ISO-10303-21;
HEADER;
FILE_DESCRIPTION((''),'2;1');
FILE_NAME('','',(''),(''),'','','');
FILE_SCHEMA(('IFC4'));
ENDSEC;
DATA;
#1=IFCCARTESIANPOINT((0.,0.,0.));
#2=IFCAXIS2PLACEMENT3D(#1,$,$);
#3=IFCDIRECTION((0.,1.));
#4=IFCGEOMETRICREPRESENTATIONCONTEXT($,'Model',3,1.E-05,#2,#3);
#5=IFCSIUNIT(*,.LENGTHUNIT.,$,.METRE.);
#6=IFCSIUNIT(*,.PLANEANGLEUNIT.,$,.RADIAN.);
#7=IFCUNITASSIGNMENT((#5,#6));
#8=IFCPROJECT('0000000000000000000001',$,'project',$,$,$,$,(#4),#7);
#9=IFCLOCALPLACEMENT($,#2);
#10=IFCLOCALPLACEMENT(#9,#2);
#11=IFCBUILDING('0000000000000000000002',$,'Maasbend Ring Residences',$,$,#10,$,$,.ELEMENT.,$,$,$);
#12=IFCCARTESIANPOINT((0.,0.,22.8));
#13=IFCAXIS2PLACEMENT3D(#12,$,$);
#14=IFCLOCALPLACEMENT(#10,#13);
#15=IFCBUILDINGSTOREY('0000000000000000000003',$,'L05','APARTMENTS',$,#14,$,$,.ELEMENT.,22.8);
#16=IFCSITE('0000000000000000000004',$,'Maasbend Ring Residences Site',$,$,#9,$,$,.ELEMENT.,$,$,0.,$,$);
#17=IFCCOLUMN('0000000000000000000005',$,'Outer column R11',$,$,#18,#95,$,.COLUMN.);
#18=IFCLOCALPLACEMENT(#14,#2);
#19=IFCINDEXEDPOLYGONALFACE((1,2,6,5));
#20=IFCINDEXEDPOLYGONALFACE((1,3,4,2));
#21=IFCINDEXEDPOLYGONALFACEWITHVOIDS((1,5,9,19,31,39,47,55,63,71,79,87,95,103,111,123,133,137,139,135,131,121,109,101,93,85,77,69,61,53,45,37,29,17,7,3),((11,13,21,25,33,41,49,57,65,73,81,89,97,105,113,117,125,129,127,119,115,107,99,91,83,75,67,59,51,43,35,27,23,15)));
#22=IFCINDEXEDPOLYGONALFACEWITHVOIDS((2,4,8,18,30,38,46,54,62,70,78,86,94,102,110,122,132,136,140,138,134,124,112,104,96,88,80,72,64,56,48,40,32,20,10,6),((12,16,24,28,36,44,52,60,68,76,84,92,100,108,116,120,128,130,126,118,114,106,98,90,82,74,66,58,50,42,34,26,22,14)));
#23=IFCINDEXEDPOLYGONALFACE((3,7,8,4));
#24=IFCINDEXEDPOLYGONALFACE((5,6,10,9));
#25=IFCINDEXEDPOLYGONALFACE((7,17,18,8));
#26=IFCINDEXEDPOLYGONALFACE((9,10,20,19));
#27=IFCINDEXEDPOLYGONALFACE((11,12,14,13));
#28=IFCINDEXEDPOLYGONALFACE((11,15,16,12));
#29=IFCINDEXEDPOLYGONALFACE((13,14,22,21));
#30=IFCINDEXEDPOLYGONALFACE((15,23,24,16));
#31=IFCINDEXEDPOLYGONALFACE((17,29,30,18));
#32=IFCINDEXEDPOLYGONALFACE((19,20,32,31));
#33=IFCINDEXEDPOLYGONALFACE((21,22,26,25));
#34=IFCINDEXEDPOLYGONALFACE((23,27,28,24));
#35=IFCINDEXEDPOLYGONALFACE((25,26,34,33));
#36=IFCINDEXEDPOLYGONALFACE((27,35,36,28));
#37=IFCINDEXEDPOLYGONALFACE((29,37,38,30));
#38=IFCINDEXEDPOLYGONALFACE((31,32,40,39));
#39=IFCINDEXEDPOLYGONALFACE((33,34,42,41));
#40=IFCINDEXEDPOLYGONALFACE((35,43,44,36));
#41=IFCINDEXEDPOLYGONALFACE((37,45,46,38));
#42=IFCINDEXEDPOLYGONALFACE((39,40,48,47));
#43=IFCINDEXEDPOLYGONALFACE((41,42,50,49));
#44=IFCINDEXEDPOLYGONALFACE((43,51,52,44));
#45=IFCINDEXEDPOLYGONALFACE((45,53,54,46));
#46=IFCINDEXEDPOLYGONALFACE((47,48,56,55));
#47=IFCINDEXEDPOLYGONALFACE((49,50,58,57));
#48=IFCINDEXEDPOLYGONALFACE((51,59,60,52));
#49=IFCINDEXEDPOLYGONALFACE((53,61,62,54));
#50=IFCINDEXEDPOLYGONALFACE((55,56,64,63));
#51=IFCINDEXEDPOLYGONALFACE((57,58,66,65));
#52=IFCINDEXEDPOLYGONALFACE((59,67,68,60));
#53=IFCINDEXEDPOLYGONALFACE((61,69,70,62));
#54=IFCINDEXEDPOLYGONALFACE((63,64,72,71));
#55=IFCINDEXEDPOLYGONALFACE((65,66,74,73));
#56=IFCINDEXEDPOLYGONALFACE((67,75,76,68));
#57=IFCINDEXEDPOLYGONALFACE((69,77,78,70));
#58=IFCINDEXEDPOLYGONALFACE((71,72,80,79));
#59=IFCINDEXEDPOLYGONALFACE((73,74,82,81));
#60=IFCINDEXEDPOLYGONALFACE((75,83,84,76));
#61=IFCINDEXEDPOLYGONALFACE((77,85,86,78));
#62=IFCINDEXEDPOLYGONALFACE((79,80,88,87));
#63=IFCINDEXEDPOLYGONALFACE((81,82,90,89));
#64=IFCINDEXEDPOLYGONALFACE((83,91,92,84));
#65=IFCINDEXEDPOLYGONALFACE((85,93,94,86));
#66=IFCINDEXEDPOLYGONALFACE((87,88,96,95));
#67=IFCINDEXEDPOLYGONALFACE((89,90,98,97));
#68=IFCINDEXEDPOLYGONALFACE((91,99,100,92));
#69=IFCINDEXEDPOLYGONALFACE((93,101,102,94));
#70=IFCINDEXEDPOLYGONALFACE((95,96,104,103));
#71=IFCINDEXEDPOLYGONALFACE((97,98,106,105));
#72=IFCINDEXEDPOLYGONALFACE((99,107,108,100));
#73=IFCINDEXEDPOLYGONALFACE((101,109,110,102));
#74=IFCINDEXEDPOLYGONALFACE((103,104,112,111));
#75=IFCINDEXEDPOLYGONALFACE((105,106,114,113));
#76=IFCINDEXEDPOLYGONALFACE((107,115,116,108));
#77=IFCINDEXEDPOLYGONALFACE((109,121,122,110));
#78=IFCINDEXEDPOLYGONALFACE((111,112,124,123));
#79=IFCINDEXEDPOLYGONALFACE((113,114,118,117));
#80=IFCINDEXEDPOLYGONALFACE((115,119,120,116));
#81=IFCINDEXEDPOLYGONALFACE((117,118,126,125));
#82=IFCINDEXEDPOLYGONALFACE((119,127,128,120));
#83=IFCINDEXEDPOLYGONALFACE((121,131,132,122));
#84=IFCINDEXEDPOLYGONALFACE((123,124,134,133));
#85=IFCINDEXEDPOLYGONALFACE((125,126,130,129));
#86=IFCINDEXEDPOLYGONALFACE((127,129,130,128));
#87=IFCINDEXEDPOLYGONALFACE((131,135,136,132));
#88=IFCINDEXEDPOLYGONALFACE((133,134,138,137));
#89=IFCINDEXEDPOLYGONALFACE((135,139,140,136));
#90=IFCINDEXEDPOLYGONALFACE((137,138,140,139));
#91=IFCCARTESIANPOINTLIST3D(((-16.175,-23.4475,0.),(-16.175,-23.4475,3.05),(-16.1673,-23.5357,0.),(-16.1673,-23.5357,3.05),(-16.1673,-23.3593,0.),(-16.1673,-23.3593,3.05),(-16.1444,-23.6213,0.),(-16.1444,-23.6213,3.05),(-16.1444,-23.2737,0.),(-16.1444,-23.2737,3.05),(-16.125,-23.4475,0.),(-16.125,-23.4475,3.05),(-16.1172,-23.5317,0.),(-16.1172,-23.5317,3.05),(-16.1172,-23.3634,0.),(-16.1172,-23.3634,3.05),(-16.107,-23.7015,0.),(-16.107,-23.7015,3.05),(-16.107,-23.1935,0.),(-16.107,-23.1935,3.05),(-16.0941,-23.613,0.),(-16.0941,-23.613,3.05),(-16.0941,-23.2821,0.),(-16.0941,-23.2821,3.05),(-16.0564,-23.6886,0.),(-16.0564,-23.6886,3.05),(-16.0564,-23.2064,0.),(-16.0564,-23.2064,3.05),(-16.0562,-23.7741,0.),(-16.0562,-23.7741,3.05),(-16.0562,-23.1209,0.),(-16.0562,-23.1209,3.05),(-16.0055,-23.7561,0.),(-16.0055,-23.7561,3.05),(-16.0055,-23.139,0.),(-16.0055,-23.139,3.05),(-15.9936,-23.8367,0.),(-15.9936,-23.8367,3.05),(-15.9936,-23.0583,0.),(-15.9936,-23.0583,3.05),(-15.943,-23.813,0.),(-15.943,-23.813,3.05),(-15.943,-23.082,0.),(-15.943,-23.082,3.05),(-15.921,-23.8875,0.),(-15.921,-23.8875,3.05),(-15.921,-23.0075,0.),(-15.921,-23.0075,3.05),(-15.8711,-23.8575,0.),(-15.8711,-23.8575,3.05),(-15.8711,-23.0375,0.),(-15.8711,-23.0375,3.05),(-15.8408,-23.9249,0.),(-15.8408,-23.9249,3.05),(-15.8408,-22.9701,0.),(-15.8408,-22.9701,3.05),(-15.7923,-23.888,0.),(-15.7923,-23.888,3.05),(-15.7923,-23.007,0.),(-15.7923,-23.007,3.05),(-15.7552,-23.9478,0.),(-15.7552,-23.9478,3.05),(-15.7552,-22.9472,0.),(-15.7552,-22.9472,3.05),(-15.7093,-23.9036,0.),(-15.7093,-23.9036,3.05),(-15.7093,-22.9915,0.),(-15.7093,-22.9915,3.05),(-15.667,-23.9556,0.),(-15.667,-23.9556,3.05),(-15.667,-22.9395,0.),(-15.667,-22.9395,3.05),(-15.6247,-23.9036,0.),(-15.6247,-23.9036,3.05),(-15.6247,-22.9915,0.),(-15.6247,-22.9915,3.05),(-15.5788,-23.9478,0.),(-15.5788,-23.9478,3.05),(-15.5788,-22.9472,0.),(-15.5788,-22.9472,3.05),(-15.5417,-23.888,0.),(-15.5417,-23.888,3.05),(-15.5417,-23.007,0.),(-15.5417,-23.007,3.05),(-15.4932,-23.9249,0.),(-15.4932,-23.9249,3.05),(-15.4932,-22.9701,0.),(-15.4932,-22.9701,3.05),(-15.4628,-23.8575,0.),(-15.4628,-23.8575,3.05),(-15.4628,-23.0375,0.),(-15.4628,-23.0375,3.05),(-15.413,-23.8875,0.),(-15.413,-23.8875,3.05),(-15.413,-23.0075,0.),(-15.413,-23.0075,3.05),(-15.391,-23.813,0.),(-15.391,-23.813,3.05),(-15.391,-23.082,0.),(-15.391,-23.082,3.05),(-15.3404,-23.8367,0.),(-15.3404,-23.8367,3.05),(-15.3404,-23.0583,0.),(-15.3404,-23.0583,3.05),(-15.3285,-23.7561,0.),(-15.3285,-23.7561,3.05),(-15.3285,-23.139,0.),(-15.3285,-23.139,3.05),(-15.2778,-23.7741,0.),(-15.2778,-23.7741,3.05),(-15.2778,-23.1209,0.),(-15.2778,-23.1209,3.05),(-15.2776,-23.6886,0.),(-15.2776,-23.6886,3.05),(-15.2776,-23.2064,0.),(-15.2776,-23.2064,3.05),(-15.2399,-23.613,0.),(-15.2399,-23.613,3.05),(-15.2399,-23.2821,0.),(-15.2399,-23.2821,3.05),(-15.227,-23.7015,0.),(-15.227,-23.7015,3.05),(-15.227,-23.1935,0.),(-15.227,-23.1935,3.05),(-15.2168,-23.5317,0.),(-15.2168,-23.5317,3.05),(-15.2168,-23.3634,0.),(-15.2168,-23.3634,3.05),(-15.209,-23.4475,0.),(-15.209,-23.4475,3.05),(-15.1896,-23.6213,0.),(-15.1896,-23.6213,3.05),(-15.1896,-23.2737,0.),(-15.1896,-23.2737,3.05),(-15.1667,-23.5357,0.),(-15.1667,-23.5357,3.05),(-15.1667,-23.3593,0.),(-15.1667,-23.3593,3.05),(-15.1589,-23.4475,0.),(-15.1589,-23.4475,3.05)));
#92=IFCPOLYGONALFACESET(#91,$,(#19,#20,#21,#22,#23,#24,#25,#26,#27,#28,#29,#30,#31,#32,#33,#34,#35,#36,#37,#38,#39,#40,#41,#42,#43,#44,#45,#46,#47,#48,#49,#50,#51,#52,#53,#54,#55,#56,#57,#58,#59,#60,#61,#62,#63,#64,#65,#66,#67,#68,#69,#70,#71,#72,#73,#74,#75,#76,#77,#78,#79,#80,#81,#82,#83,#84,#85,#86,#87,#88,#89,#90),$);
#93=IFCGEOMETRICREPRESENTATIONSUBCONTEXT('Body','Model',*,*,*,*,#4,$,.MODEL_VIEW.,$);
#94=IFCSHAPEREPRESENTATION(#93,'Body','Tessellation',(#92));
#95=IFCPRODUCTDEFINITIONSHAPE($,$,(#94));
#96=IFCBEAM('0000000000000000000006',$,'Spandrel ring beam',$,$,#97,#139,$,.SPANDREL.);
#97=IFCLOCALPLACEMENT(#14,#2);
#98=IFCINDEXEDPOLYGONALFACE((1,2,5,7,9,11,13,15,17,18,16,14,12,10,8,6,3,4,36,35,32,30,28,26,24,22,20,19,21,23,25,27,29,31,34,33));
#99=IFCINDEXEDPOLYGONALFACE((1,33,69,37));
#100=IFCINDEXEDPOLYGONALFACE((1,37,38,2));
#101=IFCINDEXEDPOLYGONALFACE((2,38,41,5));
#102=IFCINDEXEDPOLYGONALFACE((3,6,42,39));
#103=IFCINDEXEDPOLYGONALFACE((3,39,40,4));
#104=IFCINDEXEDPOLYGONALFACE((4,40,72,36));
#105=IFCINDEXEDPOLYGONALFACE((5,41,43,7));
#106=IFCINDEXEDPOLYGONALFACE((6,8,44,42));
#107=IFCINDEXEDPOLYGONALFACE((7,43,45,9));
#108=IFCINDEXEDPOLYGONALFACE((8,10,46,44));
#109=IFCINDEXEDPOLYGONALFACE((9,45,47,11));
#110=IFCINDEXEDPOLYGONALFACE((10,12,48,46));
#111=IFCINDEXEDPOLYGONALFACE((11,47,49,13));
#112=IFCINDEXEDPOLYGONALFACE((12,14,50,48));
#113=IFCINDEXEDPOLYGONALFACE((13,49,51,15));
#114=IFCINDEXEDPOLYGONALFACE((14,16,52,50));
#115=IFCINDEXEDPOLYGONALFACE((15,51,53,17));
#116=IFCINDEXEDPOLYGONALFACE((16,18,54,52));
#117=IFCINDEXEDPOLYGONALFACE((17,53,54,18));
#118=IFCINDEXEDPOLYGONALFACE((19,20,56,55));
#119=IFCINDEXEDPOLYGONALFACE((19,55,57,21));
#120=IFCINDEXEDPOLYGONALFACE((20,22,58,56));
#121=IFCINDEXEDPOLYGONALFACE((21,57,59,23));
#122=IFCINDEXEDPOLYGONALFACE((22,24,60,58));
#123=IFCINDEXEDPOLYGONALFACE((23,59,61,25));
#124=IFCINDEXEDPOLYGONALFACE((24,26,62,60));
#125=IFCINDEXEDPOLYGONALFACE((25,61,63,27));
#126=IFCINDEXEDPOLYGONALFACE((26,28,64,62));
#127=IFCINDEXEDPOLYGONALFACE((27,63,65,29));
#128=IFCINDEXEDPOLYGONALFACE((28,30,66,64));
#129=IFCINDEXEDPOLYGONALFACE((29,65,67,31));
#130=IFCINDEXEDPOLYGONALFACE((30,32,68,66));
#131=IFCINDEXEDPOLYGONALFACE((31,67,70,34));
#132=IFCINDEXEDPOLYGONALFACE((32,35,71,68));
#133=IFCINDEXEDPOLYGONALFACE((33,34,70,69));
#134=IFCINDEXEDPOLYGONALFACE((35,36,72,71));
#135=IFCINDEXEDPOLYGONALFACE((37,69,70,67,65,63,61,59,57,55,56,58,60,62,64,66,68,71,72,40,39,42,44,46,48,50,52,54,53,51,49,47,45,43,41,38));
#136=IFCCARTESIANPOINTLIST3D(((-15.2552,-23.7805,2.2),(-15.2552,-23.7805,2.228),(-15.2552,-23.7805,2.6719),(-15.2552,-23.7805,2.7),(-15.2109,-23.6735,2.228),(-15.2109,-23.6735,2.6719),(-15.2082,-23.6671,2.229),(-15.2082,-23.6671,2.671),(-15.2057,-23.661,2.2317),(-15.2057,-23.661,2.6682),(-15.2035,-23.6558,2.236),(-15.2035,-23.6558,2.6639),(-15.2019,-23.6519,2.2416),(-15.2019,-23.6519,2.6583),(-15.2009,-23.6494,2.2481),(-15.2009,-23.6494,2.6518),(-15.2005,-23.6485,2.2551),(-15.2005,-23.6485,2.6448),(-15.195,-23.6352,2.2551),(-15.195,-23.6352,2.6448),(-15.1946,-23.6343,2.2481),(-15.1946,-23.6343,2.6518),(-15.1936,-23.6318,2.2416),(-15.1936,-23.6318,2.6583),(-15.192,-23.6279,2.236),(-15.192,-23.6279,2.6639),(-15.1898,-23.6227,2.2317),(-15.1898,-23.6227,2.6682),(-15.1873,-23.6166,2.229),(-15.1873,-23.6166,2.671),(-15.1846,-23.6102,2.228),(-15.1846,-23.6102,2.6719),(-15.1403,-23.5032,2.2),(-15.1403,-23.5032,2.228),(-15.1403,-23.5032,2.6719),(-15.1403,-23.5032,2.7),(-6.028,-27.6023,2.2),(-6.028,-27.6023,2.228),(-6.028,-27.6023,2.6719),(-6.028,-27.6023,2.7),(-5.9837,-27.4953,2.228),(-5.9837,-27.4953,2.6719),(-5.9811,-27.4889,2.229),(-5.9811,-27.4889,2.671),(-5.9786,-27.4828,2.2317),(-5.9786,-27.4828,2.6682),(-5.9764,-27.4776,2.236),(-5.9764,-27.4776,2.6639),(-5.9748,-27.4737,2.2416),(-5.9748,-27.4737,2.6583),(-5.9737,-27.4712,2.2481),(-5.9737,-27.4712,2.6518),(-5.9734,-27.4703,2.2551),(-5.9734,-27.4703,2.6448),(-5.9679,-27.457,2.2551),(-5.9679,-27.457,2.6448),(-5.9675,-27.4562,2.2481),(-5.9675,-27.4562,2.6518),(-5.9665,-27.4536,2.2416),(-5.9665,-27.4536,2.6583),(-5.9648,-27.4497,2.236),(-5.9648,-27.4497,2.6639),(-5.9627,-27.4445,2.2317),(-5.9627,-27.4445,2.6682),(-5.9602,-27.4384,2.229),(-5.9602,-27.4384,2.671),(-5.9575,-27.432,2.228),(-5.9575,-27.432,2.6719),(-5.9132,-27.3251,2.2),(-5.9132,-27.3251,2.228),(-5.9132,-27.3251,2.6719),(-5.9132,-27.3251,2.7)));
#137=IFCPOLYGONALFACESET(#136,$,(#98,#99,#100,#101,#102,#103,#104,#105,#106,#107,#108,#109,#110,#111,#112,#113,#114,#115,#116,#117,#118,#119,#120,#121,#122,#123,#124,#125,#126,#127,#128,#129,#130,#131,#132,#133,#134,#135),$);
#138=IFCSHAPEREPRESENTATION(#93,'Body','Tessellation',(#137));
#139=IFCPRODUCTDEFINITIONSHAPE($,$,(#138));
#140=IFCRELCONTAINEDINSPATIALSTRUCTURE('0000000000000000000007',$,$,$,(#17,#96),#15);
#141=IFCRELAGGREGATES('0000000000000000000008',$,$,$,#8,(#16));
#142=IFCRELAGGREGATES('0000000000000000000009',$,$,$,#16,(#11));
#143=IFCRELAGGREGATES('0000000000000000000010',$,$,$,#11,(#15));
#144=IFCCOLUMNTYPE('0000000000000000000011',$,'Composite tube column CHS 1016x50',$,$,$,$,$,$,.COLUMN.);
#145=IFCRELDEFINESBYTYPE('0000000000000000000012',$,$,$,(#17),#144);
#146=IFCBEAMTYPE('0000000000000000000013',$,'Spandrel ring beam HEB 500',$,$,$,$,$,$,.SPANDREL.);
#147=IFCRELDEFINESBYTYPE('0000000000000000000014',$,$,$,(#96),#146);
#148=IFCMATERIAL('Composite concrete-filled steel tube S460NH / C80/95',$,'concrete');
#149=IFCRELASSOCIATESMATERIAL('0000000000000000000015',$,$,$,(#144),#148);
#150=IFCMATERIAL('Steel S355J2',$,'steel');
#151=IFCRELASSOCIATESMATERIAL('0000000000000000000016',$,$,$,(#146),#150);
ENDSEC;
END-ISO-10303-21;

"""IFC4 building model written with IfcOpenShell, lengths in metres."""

from ifc_helpers import new_model, si_unit, direction, frame, origin, origin_2d, place, context, subcontext, project, spatial, hollow_circle, i_section, extrude, material, material_profile, profile_set, type_object, element, save


model = new_model("IFC4")

# Units and contexts
model_context = context("Model", 3, precision=1e-05, world=origin(), true_north=direction((0.0, 1.0)))
body_context = subcontext(model_context, "Body", "Model", "MODEL_VIEW")
ifc_project = project(units=[si_unit("LENGTHUNIT", "METRE"), si_unit("PLANEANGLEUNIT", "RADIAN")], contexts=[model_context])

# Site, building, storey
site_placement = place(None, origin())
site = spatial("IfcSite", under=ifc_project, at=site_placement, Name="Maasbend Ring Residences Site", CompositionType="ELEMENT", RefElevation=0.0)
building_placement = place(site_placement, origin())
building = spatial("IfcBuilding", under=site, at=building_placement, Name="Maasbend Ring Residences", CompositionType="ELEMENT")
storey_placement = place(building_placement, frame((0.0, 0.0, 22.8)))
storey = spatial("IfcBuildingStorey", under=building, at=storey_placement, Name="L05", Description="APARTMENTS", CompositionType="ELEMENT", Elevation=22.8)

# Column
ifc_material_1 = material(Name="Composite concrete-filled steel tube S460NH / C80/95", Category="concrete")
ifc_material_profile_1 = material_profile(ifc_material_1, hollow_circle(Radius=0.5081, WallThickness=0.05, at=origin_2d()), Name="Composite tube column CHS 1016x50")
ifc_profile_set_1 = profile_set([ifc_material_profile_1], Name="Composite concrete-filled steel tube S460NH / C80/95")
column_type = type_object("IfcColumnType", Name="Composite tube column CHS 1016x50", PredefinedType="COLUMN", material=ifc_profile_set_1)
column_placement = place(storey_placement, frame((-15.667, -23.4475, 0.0), z_axis=(0.0, 0.0, 1.0), x_axis=(1.0, 0.0, 0.0)))
element("IfcColumn", 1, at=column_placement, inside=storey, type_object=column_type, Name="Outer column R11", PredefinedType="COLUMN", context=body_context, shape_type="SweptSolid", body=[
    extrude(hollow_circle(Radius=0.5081, WallThickness=0.05, at=origin_2d()), origin(), (0.0, 0.0, 1.0), 3.05),
])

# Beam
ifc_material_2 = material(Name="Steel S355J2", Category="steel")
ifc_material_profile_2 = material_profile(ifc_material_2, i_section(OverallWidth=0.3, OverallDepth=0.5, WebThickness=0.0144, FlangeThickness=0.0281, FilletRadius=0.0271, at=origin_2d()), Name="HEB 500")
ifc_profile_set_2 = profile_set([ifc_material_profile_2], Name="Steel S355J2")
beam_type = type_object("IfcBeamType", Name="Spandrel ring beam HEB 500", PredefinedType="SPANDREL", material=ifc_profile_set_2)
beam_placement = place(storey_placement, frame((-15.1978, -23.6418, 2.45), z_axis=(0.923886, -0.382667, 0.0), x_axis=(0.382667, 0.923886, 0.0)))
element("IfcBeam", 2, at=beam_placement, inside=storey, type_object=beam_type, Name="Spandrel ring beam", PredefinedType="SPANDREL", context=body_context, shape_type="SweptSolid", body=[
    extrude(i_section(OverallWidth=0.3, OverallDepth=0.5, WebThickness=0.0144, FlangeThickness=0.0281, FilletRadius=0.0271, at=origin_2d()), origin(), (0.0, 0.0, 1.0), 9.9873),
])

save(model, "model.ifc")
